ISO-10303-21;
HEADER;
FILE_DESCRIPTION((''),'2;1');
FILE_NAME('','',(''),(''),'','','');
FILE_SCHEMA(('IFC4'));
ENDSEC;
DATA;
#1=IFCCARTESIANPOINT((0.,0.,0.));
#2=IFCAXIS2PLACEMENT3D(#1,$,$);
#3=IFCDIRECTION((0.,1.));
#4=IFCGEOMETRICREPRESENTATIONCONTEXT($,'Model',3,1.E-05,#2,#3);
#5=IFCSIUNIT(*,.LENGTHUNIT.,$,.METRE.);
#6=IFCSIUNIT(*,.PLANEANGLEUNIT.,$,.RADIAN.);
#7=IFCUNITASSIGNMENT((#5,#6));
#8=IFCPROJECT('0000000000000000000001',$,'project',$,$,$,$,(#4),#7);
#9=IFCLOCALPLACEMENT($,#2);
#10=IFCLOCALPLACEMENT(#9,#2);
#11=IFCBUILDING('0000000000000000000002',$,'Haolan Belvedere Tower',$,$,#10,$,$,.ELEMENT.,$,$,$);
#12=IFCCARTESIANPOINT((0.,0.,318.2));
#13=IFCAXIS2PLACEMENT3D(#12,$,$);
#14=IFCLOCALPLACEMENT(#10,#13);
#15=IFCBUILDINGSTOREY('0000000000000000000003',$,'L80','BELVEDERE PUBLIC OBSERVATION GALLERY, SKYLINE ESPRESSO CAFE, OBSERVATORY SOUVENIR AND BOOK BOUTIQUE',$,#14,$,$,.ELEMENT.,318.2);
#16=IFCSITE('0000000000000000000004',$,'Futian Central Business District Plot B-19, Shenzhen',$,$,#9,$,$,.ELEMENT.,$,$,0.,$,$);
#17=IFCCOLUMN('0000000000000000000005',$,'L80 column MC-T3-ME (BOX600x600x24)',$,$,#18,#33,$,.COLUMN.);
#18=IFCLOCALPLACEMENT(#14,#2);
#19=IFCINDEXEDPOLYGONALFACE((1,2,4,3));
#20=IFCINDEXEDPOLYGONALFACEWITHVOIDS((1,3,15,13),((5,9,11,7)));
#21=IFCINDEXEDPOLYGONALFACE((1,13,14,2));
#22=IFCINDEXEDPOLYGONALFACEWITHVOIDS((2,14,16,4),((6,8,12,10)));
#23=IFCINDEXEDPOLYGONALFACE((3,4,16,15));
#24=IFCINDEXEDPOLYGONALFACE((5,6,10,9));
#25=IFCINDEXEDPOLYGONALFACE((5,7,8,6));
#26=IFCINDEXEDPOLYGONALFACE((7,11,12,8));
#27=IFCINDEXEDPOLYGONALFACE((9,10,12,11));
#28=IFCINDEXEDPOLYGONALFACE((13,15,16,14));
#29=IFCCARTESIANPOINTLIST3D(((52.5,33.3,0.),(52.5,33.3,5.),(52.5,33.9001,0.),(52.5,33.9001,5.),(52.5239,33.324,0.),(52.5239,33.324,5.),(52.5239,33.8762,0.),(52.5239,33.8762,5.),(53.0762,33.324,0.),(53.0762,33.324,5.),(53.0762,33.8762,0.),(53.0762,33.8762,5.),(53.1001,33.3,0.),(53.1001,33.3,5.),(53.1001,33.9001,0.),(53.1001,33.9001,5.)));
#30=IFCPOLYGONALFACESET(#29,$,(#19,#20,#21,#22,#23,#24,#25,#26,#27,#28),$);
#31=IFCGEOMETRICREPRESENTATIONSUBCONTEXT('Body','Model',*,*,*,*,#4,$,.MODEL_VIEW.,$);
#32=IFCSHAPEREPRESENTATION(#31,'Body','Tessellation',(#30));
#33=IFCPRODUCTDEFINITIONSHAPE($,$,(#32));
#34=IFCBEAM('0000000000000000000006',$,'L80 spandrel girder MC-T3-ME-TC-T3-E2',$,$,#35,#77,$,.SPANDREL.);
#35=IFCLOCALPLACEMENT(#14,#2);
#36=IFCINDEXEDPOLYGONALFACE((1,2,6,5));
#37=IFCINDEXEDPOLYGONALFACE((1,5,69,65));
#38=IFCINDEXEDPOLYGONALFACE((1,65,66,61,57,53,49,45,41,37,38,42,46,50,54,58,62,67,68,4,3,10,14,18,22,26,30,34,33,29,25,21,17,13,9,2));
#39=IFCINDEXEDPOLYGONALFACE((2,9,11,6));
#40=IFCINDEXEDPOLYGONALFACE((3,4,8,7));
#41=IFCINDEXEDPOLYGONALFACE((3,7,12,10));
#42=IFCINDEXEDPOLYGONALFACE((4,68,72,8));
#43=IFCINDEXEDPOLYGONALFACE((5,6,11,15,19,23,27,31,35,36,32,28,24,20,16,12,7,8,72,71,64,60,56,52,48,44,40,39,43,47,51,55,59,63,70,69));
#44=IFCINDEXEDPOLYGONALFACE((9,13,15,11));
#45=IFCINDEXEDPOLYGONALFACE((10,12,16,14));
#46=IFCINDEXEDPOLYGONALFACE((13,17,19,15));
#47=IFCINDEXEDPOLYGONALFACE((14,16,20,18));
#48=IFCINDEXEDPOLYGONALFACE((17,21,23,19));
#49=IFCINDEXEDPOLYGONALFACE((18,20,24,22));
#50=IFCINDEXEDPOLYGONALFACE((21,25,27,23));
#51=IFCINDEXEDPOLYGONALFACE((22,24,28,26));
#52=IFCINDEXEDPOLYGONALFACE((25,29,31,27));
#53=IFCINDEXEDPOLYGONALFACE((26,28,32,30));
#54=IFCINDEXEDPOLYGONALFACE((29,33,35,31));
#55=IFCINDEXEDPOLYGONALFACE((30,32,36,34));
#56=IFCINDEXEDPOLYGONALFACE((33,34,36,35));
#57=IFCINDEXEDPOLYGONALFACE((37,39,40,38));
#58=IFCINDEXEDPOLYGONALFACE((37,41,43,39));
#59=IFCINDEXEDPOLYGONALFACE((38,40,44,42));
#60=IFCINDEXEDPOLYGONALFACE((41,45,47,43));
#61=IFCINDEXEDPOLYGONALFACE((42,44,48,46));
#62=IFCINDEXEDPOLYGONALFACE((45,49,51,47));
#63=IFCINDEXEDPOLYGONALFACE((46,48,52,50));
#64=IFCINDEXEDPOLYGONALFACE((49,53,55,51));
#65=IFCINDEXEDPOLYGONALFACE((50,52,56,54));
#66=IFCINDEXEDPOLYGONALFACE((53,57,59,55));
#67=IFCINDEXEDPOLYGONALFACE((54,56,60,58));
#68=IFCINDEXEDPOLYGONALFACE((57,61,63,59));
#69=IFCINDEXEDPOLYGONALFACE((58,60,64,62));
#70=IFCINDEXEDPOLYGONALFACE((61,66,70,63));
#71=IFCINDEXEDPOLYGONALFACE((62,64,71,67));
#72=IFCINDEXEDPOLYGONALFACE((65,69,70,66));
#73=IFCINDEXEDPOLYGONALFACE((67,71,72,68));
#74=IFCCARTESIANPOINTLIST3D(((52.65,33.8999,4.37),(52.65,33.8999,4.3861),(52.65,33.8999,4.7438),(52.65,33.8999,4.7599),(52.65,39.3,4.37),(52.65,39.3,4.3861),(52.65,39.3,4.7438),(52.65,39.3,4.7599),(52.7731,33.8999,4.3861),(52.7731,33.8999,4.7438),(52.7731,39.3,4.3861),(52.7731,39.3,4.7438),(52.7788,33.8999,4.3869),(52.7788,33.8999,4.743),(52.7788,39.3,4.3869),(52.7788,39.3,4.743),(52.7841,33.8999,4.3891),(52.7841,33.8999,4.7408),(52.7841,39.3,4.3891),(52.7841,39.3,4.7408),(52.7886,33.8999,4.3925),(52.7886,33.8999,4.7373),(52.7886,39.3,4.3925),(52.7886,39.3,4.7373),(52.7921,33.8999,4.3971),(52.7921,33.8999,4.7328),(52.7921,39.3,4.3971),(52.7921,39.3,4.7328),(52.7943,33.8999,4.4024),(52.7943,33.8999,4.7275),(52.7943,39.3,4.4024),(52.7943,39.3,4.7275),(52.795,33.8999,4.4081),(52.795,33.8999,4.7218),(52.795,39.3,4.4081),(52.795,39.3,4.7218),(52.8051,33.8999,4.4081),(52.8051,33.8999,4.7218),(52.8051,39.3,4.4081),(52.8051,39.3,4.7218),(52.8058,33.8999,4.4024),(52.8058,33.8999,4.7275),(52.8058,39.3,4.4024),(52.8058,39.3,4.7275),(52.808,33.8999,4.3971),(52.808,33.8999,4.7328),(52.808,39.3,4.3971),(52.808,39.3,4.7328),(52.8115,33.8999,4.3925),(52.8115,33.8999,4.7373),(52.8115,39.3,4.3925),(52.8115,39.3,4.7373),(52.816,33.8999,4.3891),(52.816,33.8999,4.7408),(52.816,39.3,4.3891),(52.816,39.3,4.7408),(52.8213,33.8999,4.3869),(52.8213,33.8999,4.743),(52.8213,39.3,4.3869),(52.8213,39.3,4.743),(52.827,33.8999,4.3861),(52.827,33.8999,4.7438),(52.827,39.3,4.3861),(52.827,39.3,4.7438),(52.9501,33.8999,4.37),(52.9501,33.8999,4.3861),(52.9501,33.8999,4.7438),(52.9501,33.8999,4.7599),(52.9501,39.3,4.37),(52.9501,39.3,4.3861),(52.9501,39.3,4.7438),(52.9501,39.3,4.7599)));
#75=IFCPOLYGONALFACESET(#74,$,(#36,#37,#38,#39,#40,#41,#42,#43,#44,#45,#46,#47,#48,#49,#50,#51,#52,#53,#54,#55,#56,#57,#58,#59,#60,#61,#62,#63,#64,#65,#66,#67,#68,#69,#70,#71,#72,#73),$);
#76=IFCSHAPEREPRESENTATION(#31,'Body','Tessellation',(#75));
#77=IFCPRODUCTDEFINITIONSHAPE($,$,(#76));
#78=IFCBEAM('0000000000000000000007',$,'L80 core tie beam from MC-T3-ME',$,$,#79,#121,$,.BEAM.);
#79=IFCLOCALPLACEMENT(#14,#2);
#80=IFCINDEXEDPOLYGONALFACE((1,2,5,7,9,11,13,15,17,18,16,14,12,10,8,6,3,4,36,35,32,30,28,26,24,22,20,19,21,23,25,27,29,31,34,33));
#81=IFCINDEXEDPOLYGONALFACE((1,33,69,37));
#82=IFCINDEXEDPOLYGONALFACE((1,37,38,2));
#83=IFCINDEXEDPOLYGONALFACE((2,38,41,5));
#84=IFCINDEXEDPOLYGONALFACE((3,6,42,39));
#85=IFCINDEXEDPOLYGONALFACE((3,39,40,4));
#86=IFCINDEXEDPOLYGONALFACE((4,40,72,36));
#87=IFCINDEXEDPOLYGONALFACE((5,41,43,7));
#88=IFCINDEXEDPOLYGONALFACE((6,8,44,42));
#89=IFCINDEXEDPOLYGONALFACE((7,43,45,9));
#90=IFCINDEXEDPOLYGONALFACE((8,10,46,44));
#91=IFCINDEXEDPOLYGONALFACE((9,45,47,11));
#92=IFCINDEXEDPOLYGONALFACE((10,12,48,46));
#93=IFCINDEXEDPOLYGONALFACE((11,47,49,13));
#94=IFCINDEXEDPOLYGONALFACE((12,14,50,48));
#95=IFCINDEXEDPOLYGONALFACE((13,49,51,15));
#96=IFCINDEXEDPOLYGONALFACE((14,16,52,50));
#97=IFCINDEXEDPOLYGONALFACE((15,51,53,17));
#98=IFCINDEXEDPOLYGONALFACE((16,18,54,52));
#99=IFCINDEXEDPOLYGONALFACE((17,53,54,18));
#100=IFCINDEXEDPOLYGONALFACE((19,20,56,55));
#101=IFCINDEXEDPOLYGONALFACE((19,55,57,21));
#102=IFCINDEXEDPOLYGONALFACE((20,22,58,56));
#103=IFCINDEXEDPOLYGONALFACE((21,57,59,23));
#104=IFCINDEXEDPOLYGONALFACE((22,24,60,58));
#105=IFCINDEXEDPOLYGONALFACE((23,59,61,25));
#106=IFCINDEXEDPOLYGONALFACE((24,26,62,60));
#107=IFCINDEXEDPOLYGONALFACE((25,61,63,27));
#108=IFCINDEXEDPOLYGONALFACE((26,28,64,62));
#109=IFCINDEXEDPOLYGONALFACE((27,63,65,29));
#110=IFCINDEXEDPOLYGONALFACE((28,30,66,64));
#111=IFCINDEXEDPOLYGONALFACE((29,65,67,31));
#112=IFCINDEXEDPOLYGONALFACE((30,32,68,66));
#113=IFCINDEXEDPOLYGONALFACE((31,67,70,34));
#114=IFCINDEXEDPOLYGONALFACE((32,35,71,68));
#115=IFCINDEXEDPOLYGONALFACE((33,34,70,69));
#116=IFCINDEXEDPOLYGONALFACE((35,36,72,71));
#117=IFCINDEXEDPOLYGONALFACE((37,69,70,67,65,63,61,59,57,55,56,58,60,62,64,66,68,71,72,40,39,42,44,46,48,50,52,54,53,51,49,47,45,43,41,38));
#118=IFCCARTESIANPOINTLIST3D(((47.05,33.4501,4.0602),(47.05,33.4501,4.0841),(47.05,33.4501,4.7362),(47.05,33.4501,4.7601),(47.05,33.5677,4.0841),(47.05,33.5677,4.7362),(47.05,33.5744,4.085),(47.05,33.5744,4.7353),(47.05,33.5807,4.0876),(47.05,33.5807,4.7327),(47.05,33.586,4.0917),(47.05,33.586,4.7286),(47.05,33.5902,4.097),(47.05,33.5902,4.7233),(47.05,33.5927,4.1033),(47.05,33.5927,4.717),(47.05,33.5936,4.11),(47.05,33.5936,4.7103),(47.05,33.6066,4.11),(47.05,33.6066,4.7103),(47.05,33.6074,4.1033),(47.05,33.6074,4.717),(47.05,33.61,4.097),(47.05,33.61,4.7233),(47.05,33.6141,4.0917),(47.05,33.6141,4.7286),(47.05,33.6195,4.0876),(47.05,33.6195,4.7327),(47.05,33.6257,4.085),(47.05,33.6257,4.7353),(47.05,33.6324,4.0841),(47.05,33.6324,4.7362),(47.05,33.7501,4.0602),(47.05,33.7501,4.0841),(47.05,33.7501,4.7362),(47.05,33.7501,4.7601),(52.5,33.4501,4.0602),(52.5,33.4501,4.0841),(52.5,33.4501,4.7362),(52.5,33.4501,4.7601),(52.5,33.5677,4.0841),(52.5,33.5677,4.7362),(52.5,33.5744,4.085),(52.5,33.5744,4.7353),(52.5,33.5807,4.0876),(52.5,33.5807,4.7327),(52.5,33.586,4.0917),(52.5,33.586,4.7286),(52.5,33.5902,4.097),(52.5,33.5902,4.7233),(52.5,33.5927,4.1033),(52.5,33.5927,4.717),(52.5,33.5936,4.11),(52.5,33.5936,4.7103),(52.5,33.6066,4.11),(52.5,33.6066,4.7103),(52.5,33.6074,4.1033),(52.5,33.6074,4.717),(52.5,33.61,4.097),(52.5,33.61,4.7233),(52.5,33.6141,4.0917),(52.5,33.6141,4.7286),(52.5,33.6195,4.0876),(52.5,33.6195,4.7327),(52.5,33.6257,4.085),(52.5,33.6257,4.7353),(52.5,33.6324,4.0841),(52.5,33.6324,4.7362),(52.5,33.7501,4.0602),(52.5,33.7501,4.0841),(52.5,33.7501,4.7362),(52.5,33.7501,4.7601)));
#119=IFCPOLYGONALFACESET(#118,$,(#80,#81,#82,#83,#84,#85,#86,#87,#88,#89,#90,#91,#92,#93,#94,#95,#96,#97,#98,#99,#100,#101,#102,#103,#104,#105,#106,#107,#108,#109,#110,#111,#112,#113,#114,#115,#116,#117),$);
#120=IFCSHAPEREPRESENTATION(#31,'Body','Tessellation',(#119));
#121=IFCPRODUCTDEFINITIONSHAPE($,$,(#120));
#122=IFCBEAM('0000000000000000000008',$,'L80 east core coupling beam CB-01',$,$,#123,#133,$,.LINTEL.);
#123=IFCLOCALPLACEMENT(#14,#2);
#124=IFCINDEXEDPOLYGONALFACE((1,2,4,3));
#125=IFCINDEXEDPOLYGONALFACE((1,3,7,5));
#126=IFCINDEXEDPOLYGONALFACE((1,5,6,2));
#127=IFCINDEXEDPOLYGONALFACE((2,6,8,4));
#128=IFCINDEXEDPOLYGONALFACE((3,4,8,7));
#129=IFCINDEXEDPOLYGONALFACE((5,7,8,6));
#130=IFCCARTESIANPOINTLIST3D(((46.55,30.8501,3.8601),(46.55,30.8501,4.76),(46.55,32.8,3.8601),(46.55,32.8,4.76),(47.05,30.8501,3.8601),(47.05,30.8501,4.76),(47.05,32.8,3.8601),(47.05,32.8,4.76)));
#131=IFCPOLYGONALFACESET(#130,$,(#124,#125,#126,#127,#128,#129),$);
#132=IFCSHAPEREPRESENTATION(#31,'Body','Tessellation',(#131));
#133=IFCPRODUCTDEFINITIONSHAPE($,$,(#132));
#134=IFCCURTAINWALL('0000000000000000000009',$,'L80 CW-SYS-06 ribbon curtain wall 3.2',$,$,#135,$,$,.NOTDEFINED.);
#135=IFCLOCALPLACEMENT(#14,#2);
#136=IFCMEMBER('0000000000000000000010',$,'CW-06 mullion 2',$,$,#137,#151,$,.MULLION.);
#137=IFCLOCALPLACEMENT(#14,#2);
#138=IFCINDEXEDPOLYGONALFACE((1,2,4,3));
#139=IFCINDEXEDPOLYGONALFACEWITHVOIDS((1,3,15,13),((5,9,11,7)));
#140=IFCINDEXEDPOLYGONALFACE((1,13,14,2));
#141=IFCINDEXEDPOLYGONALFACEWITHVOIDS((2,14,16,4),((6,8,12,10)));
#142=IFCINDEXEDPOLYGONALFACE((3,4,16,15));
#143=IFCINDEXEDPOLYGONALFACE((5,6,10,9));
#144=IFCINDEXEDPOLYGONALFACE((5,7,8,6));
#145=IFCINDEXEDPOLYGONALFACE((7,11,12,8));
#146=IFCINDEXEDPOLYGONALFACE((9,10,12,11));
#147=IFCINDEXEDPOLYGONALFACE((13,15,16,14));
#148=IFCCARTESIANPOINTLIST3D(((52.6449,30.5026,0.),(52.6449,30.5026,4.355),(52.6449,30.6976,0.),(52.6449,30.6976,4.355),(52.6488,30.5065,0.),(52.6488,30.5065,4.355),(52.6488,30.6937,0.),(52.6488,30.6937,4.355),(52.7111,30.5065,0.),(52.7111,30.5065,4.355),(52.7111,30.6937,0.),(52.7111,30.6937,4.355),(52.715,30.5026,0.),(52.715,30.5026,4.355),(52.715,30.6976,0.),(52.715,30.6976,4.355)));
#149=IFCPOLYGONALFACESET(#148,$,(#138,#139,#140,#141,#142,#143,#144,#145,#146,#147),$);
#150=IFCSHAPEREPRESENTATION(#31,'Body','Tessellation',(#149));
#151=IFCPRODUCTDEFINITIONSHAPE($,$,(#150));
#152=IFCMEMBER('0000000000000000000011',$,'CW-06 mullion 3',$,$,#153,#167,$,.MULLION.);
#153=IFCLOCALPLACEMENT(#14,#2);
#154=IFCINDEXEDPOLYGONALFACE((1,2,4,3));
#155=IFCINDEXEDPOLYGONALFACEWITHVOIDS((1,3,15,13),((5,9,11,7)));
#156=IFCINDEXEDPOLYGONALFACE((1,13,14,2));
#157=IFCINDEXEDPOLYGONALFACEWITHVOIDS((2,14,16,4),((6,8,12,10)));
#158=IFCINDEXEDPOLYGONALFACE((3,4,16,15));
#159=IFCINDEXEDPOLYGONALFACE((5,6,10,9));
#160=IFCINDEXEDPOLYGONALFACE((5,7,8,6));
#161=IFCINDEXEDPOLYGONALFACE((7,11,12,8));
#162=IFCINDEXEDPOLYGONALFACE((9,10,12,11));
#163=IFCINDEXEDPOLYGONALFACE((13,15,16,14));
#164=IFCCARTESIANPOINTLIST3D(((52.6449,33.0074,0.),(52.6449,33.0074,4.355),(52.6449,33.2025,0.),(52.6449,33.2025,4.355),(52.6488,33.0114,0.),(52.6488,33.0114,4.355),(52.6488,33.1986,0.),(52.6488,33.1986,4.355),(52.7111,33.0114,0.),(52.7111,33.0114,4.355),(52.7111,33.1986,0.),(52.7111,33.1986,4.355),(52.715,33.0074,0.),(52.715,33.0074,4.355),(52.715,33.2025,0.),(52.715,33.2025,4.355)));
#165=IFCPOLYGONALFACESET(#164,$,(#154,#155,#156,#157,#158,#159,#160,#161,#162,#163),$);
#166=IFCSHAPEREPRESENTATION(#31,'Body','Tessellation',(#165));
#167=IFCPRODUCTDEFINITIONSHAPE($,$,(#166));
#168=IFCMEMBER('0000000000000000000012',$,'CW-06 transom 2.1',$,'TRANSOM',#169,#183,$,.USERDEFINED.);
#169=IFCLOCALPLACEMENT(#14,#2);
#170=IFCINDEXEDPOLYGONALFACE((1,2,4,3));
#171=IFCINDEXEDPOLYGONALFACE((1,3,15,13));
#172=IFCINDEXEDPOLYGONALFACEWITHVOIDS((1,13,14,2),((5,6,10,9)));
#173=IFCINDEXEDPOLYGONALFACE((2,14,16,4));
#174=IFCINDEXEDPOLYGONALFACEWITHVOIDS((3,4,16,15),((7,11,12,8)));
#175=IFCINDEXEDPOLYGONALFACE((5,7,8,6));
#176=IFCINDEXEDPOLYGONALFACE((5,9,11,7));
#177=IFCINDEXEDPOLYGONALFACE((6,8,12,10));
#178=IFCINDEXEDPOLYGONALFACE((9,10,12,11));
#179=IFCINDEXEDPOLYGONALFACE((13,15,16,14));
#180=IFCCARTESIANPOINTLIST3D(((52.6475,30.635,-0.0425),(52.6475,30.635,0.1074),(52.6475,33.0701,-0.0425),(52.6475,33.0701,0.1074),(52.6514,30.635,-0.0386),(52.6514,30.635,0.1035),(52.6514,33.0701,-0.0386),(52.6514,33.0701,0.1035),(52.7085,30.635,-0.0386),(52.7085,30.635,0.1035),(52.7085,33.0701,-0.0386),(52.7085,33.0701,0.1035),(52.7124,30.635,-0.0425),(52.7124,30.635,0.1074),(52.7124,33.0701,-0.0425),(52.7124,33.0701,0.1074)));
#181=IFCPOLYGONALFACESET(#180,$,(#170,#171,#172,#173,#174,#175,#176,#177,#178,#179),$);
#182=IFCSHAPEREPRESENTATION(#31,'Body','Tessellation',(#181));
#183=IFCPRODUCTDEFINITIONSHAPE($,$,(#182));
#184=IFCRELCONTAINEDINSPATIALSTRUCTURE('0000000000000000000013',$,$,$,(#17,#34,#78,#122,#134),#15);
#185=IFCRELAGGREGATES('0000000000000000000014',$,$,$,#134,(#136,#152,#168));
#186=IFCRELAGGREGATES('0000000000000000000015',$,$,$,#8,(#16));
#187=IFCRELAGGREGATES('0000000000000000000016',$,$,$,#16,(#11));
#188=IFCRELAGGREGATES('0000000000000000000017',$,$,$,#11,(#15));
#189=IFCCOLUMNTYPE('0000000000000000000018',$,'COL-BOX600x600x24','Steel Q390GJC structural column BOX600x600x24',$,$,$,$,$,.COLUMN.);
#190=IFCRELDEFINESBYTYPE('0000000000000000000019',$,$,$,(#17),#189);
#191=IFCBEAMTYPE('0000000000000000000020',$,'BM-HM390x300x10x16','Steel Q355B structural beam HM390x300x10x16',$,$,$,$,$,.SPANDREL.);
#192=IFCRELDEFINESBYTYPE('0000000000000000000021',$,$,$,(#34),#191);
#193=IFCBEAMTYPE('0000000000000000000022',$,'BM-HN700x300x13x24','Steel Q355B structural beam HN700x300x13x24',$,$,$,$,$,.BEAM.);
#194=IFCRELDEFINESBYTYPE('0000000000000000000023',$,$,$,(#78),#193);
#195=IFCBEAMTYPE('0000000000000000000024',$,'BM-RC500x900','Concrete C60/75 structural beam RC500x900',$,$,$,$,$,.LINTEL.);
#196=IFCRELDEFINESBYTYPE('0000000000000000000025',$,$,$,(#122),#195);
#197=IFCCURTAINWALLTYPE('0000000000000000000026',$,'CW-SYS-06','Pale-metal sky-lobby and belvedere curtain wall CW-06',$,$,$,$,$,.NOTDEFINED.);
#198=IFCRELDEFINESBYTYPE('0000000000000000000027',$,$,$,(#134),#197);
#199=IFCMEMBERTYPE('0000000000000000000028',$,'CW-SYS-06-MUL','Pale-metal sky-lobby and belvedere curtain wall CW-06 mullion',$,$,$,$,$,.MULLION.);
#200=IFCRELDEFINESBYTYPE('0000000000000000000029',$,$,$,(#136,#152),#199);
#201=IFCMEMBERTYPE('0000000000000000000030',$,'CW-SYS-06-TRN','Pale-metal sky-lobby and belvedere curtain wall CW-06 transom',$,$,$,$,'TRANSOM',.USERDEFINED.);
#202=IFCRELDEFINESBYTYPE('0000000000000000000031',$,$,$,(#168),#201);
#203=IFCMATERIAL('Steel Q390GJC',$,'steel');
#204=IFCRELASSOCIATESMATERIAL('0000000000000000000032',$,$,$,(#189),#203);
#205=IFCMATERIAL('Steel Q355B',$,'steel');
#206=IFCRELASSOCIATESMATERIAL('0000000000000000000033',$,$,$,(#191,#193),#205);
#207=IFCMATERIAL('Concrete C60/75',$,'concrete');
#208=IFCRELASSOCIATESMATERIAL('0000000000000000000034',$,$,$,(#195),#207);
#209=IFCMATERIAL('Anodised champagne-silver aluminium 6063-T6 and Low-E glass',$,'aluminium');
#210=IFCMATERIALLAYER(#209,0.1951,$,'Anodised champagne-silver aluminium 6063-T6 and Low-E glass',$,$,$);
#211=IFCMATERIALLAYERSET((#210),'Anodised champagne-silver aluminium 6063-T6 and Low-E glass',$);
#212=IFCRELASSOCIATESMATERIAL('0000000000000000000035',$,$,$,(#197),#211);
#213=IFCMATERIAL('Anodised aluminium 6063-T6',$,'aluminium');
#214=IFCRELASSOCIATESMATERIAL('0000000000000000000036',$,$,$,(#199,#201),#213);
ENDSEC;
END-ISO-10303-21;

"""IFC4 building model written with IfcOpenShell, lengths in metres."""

from ifc_helpers import new_model, si_unit, direction, frame, origin, origin_2d, place, context, subcontext, project, spatial, rectangle, hollow_rectangle, i_section, extrude, material, layer, layer_set, material_profile, profile_set, type_object, element, aggregate, save


model = new_model("IFC4")

# Units and contexts
model_context = context("Model", 3, precision=1e-05, world=origin(), true_north=direction((0.0, 1.0)))
body_context = subcontext(model_context, "Body", "Model", "MODEL_VIEW")
ifc_project = project(units=[si_unit("LENGTHUNIT", "METRE"), si_unit("PLANEANGLEUNIT", "RADIAN")], contexts=[model_context])

# Site, building, storey
site_placement = place(None, origin())
site = spatial("IfcSite", under=ifc_project, at=site_placement, Name="Futian Central Business District Plot B-19, Shenzhen", CompositionType="ELEMENT", RefElevation=0.0)
building_placement = place(site_placement, origin())
building = spatial("IfcBuilding", under=site, at=building_placement, Name="Haolan Belvedere Tower", CompositionType="ELEMENT")
storey_placement = place(building_placement, frame((0.0, 0.0, 318.2)))
storey = spatial("IfcBuildingStorey", under=building, at=storey_placement, Name="L80", Description="BELVEDERE PUBLIC OBSERVATION GALLERY, SKYLINE ESPRESSO CAFE, OBSERVATORY SOUVENIR AND BOOK BOUTIQUE", CompositionType="ELEMENT", Elevation=318.2)

# Column
ifc_material_1 = material(Name="Steel Q390GJC", Category="steel")
ifc_material_profile_1 = material_profile(ifc_material_1, hollow_rectangle(XDim=0.6001, YDim=0.6001, WallThickness=0.0239, at=origin_2d()), Name="Steel Q390GJC")
ifc_profile_set_1 = profile_set([ifc_material_profile_1], Name="Steel Q390GJC")
column_type = type_object("IfcColumnType", Name="COL-BOX600x600x24", Description="Steel Q390GJC structural column BOX600x600x24", PredefinedType="COLUMN", material=ifc_profile_set_1)
column_placement = place(storey_placement, frame((52.8, 33.6001, 0.0), z_axis=(0.0, 0.0, 1.0), x_axis=(1.0, 0.0, 0.0)))
element("IfcColumn", 1, at=column_placement, inside=storey, type_object=column_type, Name="L80 column MC-T3-ME (BOX600x600x24)", PredefinedType="COLUMN", context=body_context, shape_type="SweptSolid", body=[
    extrude(hollow_rectangle(XDim=0.6001, YDim=0.6001, WallThickness=0.0239, at=origin_2d()), origin(), (0.0, 0.0, 1.0), 5.0),
])

# Beams
ifc_material_2 = material(Name="Steel Q355B", Category="steel")
ifc_material_profile_2 = material_profile(ifc_material_2, i_section(OverallWidth=0.3, OverallDepth=0.3899, WebThickness=0.01, FlangeThickness=0.0161, FilletRadius=0.022, at=origin_2d()), Name="Steel Q355B")
ifc_profile_set_2 = profile_set([ifc_material_profile_2], Name="Steel Q355B")
beam_type_1 = type_object("IfcBeamType", Name="BM-HM390x300x10x16", Description="Steel Q355B structural beam HM390x300x10x16", PredefinedType="SPANDREL", material=ifc_profile_set_2)
beam_1_placement = place(storey_placement, frame((52.8, 33.8999, 4.5649), z_axis=(0.0, 1.0, 0.0), x_axis=(-1.0, 0.0, 0.0)))
element("IfcBeam", 2, at=beam_1_placement, inside=storey, type_object=beam_type_1, Name="L80 spandrel girder MC-T3-ME-TC-T3-E2", PredefinedType="SPANDREL", context=body_context, shape_type="SweptSolid", body=[
    extrude(i_section(OverallWidth=0.3, OverallDepth=0.3899, WebThickness=0.01, FlangeThickness=0.0161, FilletRadius=0.022, at=origin_2d()), origin(), (0.0, 0.0, 1.0), 5.4001),
])
ifc_material_profile_3 = material_profile(ifc_material_2, i_section(OverallWidth=0.3, OverallDepth=0.7, WebThickness=0.0129, FlangeThickness=0.0239, FilletRadius=0.0259, at=origin_2d()), Name="Steel Q355B")
ifc_profile_set_3 = profile_set([ifc_material_profile_3], Name="Steel Q355B")
beam_type_2 = type_object("IfcBeamType", Name="BM-HN700x300x13x24", Description="Steel Q355B structural beam HN700x300x13x24", PredefinedType="BEAM", material=ifc_profile_set_3)
beam_2_placement = place(storey_placement, frame((52.5, 33.6001, 4.4102), z_axis=(-1.0, 0.0, 0.0), x_axis=(0.0, -1.0, 0.0)))
element("IfcBeam", 3, at=beam_2_placement, inside=storey, type_object=beam_type_2, Name="L80 core tie beam from MC-T3-ME", PredefinedType="BEAM", context=body_context, shape_type="SweptSolid", body=[
    extrude(i_section(OverallWidth=0.3, OverallDepth=0.7, WebThickness=0.0129, FlangeThickness=0.0239, FilletRadius=0.0259, at=origin_2d()), origin(), (0.0, 0.0, 1.0), 5.45),
])
ifc_material_3 = material(Name="Concrete C60/75", Category="concrete")
ifc_material_profile_4 = material_profile(ifc_material_3, rectangle(XDim=0.5, YDim=0.8999, at=origin_2d()), Name="Concrete C60/75")
ifc_profile_set_4 = profile_set([ifc_material_profile_4], Name="Concrete C60/75")
beam_type_3 = type_object("IfcBeamType", Name="BM-RC500x900", Description="Concrete C60/75 structural beam RC500x900", PredefinedType="LINTEL", material=ifc_profile_set_4)
beam_3_placement = place(storey_placement, frame((46.8, 30.8501, 4.3101), z_axis=(0.0, 1.0, 0.0), x_axis=(-1.0, 0.0, 0.0)))
element("IfcBeam", 4, at=beam_3_placement, inside=storey, type_object=beam_type_3, Name="L80 east core coupling beam CB-01", PredefinedType="LINTEL", context=body_context, shape_type="SweptSolid", body=[
    extrude(rectangle(XDim=0.5, YDim=0.8999, at=origin_2d()), origin(), (0.0, 0.0, 1.0), 1.95),
])

# Curtain wall, members
ifc_material_4 = material(Name="Anodised champagne-silver aluminium 6063-T6 and Low-E glass", Category="aluminium")
ifc_layer_1 = layer(ifc_material_4, 0.1951, Name="Anodised champagne-silver aluminium 6063-T6 and Low-E glass")
ifc_layer_set_1 = layer_set([ifc_layer_1], Name="Anodised champagne-silver aluminium 6063-T6 and Low-E glass")
curtain_wall_type = type_object("IfcCurtainWallType", Name="CW-SYS-06", Description="Pale-metal sky-lobby and belvedere curtain wall CW-06", PredefinedType="NOTDEFINED", material=ifc_layer_set_1)
curtain_wall_placement = place(storey_placement, origin())
curtain_wall = element("IfcCurtainWall", 5, at=curtain_wall_placement, inside=storey, type_object=curtain_wall_type, Name="L80 CW-SYS-06 ribbon curtain wall 3.2", PredefinedType="NOTDEFINED")
ifc_material_5 = material(Name="Anodised aluminium 6063-T6", Category="aluminium")
ifc_material_profile_5 = material_profile(ifc_material_5, hollow_rectangle(XDim=0.0701, YDim=0.1951, WallThickness=0.0039, at=origin_2d()), Name="Anodised aluminium 6063-T6")
ifc_profile_set_5 = profile_set([ifc_material_profile_5], Name="Anodised aluminium 6063-T6")
member_type_1 = type_object("IfcMemberType", Name="CW-SYS-06-MUL", Description="Pale-metal sky-lobby and belvedere curtain wall CW-06 mullion", PredefinedType="MULLION", material=ifc_profile_set_5)
member_1_placement = place(storey_placement, frame((52.6799, 30.6001, 0.0), z_axis=(0.0, 0.0, 1.0), x_axis=(-1.0, 0.0, 0.0)))
member_1 = element("IfcMember", 6, at=member_1_placement, type_object=member_type_1, Name="CW-06 mullion 2", PredefinedType="MULLION", context=body_context, shape_type="SweptSolid", body=[
    extrude(hollow_rectangle(XDim=0.0701, YDim=0.1951, WallThickness=0.0039, at=origin_2d()), origin(), (0.0, 0.0, 1.0), 4.355),
])
member_2_placement = place(storey_placement, frame((52.6799, 33.105, 0.0), z_axis=(0.0, 0.0, 1.0), x_axis=(-1.0, 0.0, 0.0)))
member_2 = element("IfcMember", 7, at=member_2_placement, type_object=member_type_1, Name="CW-06 mullion 3", PredefinedType="MULLION", context=body_context, shape_type="SweptSolid", body=[
    extrude(hollow_rectangle(XDim=0.0701, YDim=0.1951, WallThickness=0.0039, at=origin_2d()), origin(), (0.0, 0.0, 1.0), 4.355),
])
ifc_material_profile_6 = material_profile(ifc_material_5, hollow_rectangle(XDim=0.0649, YDim=0.1499, WallThickness=0.0039, at=origin_2d()), Name="Anodised aluminium 6063-T6")
ifc_profile_set_6 = profile_set([ifc_material_profile_6], Name="Anodised aluminium 6063-T6")
member_type_2 = type_object("IfcMemberType", Name="CW-SYS-06-TRN", Description="Pale-metal sky-lobby and belvedere curtain wall CW-06 transom", ElementType="TRANSOM", PredefinedType="USERDEFINED", material=ifc_profile_set_6)
member_3_placement = place(storey_placement, frame((52.6799, 30.635, 0.0325), z_axis=(0.0, 1.0, 0.0), x_axis=(-1.0, 0.0, 0.0)))
member_3 = element("IfcMember", 8, at=member_3_placement, type_object=member_type_2, Name="CW-06 transom 2.1", ObjectType="TRANSOM", PredefinedType="USERDEFINED", context=body_context, shape_type="SweptSolid", body=[
    extrude(hollow_rectangle(XDim=0.0649, YDim=0.1499, WallThickness=0.0039, at=origin_2d()), origin(), (0.0, 0.0, 1.0), 2.4351),
])
aggregate(curtain_wall, [member_1, member_2, member_3])

save(model, "model.ifc")
